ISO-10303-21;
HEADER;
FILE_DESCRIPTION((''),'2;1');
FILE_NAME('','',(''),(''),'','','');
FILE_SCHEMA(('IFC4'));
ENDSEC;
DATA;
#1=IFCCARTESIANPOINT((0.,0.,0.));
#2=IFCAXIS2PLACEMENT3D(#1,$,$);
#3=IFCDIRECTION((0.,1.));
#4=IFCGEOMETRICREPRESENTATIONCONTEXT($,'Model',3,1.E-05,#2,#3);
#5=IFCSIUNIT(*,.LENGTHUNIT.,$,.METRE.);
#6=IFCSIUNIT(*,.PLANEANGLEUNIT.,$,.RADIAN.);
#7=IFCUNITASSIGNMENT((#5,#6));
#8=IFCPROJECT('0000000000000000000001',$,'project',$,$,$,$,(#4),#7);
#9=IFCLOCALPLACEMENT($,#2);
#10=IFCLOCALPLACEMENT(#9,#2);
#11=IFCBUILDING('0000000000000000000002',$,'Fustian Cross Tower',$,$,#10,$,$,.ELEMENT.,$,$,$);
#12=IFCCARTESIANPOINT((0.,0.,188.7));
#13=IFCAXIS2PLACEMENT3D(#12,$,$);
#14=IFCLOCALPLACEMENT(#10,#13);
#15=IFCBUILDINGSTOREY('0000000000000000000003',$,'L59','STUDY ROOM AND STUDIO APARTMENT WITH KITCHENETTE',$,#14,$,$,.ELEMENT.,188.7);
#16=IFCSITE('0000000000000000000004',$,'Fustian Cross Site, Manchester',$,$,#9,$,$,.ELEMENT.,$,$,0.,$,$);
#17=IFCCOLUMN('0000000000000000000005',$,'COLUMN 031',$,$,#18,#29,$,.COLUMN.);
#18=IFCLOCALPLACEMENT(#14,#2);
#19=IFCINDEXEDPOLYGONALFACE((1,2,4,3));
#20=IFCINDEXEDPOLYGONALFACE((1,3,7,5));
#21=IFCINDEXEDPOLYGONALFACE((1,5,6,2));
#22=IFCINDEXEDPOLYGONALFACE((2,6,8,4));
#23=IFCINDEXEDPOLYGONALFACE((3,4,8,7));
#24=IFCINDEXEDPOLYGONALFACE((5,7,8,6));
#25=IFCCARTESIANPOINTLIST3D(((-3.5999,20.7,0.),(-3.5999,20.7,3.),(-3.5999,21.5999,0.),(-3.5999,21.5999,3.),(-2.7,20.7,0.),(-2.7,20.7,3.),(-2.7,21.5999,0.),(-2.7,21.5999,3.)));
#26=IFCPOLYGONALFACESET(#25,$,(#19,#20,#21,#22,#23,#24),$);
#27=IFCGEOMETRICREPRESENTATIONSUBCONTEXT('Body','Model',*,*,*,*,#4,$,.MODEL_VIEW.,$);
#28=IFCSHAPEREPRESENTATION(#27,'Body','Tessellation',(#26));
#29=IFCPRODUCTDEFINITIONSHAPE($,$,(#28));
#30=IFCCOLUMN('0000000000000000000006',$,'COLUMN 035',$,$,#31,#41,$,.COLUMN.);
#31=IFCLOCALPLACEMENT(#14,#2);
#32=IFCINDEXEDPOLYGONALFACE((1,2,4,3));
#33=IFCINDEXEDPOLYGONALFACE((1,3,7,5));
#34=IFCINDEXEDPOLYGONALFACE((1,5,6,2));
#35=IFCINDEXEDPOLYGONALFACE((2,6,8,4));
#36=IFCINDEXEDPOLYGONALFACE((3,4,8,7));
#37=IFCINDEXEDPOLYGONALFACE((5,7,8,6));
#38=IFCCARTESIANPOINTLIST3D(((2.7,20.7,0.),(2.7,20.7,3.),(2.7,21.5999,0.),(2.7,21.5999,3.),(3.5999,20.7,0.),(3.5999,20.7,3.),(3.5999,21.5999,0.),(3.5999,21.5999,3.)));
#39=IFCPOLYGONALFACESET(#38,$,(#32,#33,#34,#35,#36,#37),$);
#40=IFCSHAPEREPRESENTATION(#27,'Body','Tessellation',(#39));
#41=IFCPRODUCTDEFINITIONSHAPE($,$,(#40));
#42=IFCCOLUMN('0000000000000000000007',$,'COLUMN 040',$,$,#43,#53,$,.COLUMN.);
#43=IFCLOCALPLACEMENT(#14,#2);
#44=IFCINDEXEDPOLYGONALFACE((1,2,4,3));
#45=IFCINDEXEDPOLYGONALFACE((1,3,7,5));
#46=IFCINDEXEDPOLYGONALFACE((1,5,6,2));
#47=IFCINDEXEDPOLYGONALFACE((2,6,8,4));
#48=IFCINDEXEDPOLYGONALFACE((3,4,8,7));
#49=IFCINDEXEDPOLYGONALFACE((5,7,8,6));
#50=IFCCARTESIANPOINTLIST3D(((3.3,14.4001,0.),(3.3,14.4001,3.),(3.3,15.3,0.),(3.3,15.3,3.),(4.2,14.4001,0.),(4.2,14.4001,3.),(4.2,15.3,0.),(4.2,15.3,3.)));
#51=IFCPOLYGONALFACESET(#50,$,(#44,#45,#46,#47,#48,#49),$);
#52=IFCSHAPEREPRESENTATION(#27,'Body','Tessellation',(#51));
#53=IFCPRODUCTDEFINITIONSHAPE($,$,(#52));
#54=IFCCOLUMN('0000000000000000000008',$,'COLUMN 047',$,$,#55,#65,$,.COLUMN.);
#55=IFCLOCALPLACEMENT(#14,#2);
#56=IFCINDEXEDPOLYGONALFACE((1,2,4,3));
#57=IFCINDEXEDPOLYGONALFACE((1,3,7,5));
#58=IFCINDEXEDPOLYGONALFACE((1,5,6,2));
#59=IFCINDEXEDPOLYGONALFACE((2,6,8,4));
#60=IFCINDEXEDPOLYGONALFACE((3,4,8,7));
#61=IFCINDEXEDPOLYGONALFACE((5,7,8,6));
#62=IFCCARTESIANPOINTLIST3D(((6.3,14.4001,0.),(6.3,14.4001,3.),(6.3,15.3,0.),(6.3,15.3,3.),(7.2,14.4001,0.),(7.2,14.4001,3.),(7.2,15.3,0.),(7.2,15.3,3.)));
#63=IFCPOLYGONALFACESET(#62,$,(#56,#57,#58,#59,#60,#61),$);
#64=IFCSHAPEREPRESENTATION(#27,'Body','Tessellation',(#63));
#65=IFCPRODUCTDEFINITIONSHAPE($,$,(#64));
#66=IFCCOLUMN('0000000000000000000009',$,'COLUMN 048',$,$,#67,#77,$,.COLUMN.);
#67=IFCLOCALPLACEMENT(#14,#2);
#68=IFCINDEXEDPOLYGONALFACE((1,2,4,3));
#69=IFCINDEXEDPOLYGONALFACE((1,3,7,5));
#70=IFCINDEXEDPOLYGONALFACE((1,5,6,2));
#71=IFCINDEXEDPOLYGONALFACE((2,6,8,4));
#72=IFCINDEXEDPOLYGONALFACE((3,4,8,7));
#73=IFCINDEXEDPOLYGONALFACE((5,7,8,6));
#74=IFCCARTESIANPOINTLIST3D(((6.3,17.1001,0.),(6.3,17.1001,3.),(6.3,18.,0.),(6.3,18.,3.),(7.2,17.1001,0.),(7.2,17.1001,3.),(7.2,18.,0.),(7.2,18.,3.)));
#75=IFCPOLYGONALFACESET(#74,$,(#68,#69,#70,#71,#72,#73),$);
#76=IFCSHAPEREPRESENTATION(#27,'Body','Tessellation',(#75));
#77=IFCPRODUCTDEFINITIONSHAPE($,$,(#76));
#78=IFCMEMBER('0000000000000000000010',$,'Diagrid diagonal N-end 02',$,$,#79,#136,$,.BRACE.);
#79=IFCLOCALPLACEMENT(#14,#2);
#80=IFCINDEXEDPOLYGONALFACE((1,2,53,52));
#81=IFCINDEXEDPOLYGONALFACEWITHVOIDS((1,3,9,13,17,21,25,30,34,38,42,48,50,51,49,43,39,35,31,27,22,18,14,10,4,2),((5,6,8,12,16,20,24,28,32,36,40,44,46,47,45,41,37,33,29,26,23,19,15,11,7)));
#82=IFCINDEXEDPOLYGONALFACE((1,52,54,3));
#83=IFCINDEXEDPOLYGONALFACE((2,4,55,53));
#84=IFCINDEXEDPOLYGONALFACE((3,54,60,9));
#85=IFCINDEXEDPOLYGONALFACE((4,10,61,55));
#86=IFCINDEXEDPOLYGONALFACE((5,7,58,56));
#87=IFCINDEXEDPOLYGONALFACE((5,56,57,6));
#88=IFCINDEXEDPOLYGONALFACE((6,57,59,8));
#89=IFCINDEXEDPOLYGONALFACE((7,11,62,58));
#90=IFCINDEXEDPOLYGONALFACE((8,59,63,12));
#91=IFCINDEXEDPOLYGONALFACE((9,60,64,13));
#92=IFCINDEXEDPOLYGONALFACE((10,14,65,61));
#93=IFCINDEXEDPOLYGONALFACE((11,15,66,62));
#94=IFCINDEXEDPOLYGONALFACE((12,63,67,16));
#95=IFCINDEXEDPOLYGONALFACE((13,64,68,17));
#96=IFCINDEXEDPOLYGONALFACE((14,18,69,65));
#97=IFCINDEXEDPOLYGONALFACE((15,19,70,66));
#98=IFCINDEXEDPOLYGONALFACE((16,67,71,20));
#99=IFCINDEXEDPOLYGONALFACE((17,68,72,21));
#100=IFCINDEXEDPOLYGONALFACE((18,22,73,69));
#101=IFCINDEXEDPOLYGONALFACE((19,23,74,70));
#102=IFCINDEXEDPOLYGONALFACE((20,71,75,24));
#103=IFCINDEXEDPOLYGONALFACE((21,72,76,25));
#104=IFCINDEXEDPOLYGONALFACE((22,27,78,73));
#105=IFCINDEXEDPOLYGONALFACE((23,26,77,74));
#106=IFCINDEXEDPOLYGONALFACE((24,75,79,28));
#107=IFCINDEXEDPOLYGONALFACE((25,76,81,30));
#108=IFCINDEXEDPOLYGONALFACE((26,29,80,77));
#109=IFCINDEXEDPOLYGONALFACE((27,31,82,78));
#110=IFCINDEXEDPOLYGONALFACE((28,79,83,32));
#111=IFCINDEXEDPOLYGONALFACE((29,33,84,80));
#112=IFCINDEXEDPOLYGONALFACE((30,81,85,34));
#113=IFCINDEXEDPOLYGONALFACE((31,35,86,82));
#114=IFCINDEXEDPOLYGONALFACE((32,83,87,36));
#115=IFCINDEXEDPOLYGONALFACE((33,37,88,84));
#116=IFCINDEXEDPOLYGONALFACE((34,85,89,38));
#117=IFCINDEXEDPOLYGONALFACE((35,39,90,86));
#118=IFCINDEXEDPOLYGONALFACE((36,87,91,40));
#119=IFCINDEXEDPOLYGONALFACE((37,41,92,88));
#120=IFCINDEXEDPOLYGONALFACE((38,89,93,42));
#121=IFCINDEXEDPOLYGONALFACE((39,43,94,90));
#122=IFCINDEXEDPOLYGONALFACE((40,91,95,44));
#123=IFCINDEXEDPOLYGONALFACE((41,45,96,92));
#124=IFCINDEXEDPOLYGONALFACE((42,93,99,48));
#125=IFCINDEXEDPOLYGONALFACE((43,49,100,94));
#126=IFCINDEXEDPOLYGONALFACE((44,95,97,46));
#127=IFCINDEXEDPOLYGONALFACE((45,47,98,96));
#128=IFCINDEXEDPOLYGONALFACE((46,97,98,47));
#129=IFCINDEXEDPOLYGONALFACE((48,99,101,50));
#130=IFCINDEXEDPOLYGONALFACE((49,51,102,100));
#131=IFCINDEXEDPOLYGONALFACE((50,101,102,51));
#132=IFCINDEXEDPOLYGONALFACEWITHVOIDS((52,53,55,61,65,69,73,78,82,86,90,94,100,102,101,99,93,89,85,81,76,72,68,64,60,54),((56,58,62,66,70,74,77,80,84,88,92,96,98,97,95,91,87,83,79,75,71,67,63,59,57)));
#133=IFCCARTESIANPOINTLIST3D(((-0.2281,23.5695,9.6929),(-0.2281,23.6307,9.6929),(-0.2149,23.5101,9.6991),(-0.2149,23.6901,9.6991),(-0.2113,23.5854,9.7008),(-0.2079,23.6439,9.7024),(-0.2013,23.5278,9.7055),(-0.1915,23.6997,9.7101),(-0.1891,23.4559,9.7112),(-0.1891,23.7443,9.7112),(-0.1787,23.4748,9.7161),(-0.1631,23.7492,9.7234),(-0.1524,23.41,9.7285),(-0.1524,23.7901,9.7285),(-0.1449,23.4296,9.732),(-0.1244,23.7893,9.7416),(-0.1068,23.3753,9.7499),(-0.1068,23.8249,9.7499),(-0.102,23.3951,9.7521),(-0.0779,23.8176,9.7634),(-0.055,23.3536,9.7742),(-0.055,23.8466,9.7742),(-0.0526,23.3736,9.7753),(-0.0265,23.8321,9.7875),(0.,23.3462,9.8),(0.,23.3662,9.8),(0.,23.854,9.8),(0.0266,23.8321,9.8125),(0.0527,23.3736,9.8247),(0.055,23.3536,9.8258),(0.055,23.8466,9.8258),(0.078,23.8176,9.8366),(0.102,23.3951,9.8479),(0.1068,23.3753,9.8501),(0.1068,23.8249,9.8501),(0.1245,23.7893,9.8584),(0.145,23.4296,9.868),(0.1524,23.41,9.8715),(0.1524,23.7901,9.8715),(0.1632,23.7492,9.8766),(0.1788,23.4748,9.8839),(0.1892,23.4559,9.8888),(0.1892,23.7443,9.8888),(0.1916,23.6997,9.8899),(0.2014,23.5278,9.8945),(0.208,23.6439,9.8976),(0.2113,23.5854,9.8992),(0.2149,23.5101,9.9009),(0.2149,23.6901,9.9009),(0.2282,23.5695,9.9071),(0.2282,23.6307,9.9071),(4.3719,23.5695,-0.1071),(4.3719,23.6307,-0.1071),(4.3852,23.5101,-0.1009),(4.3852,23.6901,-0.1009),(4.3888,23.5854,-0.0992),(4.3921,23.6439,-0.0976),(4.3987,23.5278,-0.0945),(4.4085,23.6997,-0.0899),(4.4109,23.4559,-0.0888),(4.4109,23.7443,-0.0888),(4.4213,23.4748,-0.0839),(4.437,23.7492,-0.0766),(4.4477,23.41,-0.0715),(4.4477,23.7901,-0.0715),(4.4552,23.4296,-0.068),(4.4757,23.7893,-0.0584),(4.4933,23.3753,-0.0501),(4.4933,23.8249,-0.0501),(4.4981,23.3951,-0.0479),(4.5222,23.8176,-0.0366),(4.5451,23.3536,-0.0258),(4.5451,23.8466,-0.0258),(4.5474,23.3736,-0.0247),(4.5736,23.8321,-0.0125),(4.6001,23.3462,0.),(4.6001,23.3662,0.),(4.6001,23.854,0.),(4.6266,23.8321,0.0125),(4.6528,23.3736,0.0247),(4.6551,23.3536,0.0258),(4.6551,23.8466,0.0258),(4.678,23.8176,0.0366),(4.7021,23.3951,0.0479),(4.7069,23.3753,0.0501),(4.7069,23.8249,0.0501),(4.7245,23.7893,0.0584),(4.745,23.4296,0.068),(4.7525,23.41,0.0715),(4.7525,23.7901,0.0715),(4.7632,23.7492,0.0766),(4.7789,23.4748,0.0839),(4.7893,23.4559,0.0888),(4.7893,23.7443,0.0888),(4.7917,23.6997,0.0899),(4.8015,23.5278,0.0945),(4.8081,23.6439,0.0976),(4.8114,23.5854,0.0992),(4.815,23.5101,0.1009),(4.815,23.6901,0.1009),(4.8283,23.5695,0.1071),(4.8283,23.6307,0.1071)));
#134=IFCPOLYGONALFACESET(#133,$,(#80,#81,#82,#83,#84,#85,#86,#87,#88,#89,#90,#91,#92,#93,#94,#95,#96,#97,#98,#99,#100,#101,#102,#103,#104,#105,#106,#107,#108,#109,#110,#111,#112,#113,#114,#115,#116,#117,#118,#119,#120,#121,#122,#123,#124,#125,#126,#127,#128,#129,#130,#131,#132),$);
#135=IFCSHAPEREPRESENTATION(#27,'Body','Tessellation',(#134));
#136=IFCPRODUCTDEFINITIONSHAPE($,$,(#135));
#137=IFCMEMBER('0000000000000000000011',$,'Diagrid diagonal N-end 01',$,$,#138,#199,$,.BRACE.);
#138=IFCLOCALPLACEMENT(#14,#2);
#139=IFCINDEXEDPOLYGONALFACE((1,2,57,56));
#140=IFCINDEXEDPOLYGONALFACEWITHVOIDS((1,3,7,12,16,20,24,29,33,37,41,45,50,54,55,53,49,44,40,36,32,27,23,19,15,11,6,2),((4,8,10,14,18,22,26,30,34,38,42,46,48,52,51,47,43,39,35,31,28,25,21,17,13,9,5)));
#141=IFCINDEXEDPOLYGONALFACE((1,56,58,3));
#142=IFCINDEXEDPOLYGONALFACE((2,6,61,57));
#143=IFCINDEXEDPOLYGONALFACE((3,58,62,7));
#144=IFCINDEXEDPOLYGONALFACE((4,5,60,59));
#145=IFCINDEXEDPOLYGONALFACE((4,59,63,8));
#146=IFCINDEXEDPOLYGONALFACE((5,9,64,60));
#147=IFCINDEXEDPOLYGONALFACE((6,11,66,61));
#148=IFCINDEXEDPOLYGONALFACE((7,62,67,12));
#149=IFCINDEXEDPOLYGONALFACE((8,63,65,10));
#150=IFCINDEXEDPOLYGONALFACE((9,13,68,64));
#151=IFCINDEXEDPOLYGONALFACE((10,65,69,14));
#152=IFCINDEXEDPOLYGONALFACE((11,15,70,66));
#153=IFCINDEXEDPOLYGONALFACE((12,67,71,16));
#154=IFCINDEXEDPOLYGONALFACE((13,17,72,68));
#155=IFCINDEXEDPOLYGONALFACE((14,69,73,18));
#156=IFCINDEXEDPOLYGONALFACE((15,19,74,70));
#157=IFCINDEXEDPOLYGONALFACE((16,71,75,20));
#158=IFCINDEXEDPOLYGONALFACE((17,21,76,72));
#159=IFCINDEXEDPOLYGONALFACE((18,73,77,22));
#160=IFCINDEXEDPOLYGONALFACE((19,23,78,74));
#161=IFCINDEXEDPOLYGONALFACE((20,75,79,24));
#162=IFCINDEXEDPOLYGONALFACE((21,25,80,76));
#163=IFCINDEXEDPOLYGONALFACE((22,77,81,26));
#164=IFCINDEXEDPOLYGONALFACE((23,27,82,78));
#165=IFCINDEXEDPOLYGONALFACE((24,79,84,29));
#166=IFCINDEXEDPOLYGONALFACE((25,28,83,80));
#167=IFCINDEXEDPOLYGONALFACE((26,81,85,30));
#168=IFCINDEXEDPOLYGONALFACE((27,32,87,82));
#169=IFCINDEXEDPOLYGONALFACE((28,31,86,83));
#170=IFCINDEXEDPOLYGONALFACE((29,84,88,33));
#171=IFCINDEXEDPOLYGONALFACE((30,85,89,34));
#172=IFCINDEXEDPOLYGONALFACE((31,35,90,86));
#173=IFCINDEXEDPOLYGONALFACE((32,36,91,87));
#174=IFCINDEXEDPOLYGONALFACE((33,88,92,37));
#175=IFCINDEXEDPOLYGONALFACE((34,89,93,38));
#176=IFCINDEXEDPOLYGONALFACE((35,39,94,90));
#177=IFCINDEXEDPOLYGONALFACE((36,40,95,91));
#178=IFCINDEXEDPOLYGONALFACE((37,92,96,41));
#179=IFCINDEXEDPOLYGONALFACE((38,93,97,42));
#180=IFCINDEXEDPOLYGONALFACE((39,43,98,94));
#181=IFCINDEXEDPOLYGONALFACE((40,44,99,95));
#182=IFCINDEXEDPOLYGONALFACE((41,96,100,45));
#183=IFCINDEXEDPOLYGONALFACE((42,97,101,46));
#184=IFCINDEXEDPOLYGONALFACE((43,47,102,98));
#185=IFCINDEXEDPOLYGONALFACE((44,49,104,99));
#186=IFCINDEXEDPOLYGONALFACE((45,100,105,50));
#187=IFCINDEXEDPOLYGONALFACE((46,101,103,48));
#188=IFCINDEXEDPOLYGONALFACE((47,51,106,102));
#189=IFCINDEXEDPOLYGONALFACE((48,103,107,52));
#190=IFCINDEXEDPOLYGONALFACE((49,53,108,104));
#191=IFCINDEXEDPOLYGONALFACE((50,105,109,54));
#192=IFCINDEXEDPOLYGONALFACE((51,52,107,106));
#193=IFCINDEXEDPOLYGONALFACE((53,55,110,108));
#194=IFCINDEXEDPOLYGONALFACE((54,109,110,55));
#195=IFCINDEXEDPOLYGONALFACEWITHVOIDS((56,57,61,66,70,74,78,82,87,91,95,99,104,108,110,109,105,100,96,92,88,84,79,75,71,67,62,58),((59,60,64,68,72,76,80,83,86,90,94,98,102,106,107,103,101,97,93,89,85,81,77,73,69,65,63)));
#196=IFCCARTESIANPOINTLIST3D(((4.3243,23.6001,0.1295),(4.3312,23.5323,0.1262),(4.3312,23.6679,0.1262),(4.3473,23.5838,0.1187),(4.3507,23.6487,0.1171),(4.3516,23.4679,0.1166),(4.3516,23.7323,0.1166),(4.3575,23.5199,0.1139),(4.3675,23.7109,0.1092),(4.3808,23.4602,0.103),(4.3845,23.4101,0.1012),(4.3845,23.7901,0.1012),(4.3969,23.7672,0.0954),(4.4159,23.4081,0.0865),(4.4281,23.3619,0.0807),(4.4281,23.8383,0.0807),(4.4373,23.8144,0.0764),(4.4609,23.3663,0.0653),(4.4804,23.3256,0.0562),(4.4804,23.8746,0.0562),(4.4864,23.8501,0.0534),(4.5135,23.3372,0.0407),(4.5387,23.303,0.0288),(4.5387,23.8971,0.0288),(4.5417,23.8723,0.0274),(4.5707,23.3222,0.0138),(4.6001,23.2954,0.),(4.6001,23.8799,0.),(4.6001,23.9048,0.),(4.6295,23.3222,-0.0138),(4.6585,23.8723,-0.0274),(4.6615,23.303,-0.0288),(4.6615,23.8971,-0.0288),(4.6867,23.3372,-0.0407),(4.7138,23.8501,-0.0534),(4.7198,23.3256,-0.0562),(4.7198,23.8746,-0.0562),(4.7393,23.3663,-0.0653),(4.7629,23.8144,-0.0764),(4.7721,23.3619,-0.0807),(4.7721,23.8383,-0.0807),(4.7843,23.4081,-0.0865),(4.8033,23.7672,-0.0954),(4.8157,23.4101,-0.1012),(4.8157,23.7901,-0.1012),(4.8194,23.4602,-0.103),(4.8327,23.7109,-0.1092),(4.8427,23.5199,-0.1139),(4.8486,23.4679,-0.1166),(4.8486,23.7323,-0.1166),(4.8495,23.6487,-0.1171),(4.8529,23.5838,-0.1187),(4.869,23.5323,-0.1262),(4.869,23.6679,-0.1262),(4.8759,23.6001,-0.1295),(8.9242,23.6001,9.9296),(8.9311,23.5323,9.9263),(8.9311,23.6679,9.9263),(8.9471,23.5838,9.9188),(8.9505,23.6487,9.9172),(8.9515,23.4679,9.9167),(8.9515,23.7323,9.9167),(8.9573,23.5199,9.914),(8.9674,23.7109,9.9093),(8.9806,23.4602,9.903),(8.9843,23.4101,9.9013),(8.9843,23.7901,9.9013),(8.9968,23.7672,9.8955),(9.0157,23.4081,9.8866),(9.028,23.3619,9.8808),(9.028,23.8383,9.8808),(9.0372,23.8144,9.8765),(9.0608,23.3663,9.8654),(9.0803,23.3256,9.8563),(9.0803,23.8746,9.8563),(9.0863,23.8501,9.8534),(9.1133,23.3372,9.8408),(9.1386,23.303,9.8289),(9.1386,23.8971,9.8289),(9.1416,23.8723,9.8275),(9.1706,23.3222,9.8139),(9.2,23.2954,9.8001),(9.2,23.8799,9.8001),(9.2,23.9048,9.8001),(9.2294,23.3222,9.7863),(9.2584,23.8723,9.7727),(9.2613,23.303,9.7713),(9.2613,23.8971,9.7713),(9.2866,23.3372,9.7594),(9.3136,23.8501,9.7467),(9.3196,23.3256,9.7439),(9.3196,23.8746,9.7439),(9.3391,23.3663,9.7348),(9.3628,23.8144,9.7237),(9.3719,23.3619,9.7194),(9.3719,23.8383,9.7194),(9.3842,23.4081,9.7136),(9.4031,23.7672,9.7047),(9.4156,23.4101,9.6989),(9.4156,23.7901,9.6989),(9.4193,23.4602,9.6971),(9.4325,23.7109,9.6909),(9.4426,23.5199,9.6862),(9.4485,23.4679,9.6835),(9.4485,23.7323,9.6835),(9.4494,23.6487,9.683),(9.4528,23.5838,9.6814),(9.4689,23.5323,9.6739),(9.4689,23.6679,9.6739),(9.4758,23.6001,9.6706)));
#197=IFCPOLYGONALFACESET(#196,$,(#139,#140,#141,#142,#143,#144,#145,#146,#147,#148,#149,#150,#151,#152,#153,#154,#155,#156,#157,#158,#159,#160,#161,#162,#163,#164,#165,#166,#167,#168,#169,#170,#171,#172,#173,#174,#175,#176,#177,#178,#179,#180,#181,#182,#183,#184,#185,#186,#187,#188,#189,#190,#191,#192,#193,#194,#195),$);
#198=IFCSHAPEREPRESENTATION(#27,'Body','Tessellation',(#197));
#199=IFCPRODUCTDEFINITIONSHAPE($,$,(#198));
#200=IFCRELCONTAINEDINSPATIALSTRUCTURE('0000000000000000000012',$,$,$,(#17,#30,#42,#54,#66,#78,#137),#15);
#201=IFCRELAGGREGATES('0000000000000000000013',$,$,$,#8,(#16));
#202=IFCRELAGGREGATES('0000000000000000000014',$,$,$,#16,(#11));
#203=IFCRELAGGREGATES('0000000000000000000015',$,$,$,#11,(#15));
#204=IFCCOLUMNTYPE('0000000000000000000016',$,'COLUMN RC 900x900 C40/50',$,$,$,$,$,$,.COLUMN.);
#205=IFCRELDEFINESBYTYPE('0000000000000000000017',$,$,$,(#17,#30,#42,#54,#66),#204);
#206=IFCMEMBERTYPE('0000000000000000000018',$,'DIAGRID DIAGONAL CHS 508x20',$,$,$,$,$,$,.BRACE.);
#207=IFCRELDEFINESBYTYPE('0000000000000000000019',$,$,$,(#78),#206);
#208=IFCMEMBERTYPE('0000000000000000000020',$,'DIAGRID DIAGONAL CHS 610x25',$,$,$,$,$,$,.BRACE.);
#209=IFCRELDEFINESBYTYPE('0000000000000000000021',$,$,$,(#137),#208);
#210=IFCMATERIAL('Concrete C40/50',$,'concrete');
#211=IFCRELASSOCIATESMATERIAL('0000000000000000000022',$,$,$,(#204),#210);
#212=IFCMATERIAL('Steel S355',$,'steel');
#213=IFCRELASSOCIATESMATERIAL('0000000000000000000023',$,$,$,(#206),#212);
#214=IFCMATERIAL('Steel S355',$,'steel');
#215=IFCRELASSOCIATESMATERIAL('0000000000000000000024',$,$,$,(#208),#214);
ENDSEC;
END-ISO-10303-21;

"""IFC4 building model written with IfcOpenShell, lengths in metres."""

from ifc_helpers import new_model, si_unit, direction, frame, origin, origin_2d, place, context, subcontext, project, spatial, rectangle, hollow_circle, extrude, material, material_profile, profile_set, type_object, element, save


model = new_model("IFC4")

# Units and contexts
model_context = context("Model", 3, precision=1e-05, world=origin(), true_north=direction((0.0, 1.0)))
body_context = subcontext(model_context, "Body", "Model", "MODEL_VIEW")
ifc_project = project(units=[si_unit("LENGTHUNIT", "METRE"), si_unit("PLANEANGLEUNIT", "RADIAN")], contexts=[model_context])

# Site, building, storey
site_placement = place(None, origin())
site = spatial("IfcSite", under=ifc_project, at=site_placement, Name="Fustian Cross Site, Manchester", CompositionType="ELEMENT", RefElevation=0.0)
building_placement = place(site_placement, origin())
building = spatial("IfcBuilding", under=site, at=building_placement, Name="Fustian Cross Tower", CompositionType="ELEMENT")
storey_placement = place(building_placement, frame((0.0, 0.0, 188.7)))
storey = spatial("IfcBuildingStorey", under=building, at=storey_placement, Name="L59", Description="STUDY ROOM AND STUDIO APARTMENT WITH KITCHENETTE", CompositionType="ELEMENT", Elevation=188.7)

# Columns
ifc_material_1 = material(Name="Concrete C40/50", Category="concrete")
ifc_material_profile_1 = material_profile(ifc_material_1, rectangle(XDim=0.8999, YDim=0.8999, at=origin_2d()), Name="RC 900x900")
ifc_profile_set_1 = profile_set([ifc_material_profile_1], Name="Concrete C40/50")
column_type = type_object("IfcColumnType", Name="COLUMN RC 900x900 C40/50", PredefinedType="COLUMN", material=ifc_profile_set_1)
for number, where, z_axis, x_axis, name in (
    (1, (-3.1499, 21.1499, 0.0), (0.0, 0.0, 1.0), (1.0, 0.0, 0.0), "COLUMN 031"),
    (2, (3.1499, 21.1499, 0.0), (0.0, 0.0, 1.0), (1.0, 0.0, 0.0), "COLUMN 035"),
    (3, (3.75, 14.8501, 0.0), (0.0, 0.0, 1.0), (1.0, 0.0, 0.0), "COLUMN 040"),
    (4, (6.75, 14.8501, 0.0), (0.0, 0.0, 1.0), (1.0, 0.0, 0.0), "COLUMN 047"),
    (5, (6.75, 17.55, 0.0), (0.0, 0.0, 1.0), (1.0, 0.0, 0.0), "COLUMN 048"),
):
    element("IfcColumn", number, at=place(storey_placement, frame(where, z_axis=z_axis, x_axis=x_axis)), inside=storey, type_object=column_type, Name=name, PredefinedType="COLUMN", context=body_context, shape_type="SweptSolid", body=[
        extrude(rectangle(XDim=0.8999, YDim=0.8999, at=origin_2d()), origin(), (0.0, 0.0, 1.0), 3.0),
    ])

# Members
ifc_material_2 = material(Name="Steel S355", Category="steel")
ifc_material_profile_2 = material_profile(ifc_material_2, hollow_circle(Radius=0.2539, WallThickness=0.02, at=origin_2d()), Name="CHS 508x20")
ifc_profile_set_2 = profile_set([ifc_material_profile_2], Name="Steel S355")
member_type_1 = type_object("IfcMemberType", Name="DIAGRID DIAGONAL CHS 508x20", PredefinedType="BRACE", material=ifc_profile_set_2)
member_1_placement = place(storey_placement, frame((4.6001, 23.6001, 0.0), z_axis=(-0.424913, 0.0, 0.905234), x_axis=(0.0, -1.0, 0.0)))
element("IfcMember", 6, at=member_1_placement, inside=storey, type_object=member_type_1, Name="Diagrid diagonal N-end 02", PredefinedType="BRACE", context=body_context, shape_type="SweptSolid", body=[
    extrude(hollow_circle(Radius=0.2539, WallThickness=0.02, at=origin_2d()), origin(), (0.0, 0.0, 1.0), 10.8259),
])
ifc_material_3 = material(Name="Steel S355", Category="steel")
ifc_material_profile_3 = material_profile(ifc_material_3, hollow_circle(Radius=0.3047, WallThickness=0.0249, at=origin_2d()), Name="CHS 610x25")
ifc_profile_set_3 = profile_set([ifc_material_profile_3], Name="Steel S355")
member_type_2 = type_object("IfcMemberType", Name="DIAGRID DIAGONAL CHS 610x25", PredefinedType="BRACE", material=ifc_profile_set_3)
member_2_placement = place(storey_placement, frame((4.6001, 23.6001, 0.0), z_axis=(0.424894, 0.0, 0.905243), x_axis=(0.0, 1.0, 0.0)))
element("IfcMember", 7, at=member_2_placement, inside=storey, type_object=member_type_2, Name="Diagrid diagonal N-end 01", PredefinedType="BRACE", context=body_context, shape_type="SweptSolid", body=[
    extrude(hollow_circle(Radius=0.3047, WallThickness=0.0249, at=origin_2d()), origin(), (0.0, 0.0, 1.0), 10.8259),
])

save(model, "model.ifc")
